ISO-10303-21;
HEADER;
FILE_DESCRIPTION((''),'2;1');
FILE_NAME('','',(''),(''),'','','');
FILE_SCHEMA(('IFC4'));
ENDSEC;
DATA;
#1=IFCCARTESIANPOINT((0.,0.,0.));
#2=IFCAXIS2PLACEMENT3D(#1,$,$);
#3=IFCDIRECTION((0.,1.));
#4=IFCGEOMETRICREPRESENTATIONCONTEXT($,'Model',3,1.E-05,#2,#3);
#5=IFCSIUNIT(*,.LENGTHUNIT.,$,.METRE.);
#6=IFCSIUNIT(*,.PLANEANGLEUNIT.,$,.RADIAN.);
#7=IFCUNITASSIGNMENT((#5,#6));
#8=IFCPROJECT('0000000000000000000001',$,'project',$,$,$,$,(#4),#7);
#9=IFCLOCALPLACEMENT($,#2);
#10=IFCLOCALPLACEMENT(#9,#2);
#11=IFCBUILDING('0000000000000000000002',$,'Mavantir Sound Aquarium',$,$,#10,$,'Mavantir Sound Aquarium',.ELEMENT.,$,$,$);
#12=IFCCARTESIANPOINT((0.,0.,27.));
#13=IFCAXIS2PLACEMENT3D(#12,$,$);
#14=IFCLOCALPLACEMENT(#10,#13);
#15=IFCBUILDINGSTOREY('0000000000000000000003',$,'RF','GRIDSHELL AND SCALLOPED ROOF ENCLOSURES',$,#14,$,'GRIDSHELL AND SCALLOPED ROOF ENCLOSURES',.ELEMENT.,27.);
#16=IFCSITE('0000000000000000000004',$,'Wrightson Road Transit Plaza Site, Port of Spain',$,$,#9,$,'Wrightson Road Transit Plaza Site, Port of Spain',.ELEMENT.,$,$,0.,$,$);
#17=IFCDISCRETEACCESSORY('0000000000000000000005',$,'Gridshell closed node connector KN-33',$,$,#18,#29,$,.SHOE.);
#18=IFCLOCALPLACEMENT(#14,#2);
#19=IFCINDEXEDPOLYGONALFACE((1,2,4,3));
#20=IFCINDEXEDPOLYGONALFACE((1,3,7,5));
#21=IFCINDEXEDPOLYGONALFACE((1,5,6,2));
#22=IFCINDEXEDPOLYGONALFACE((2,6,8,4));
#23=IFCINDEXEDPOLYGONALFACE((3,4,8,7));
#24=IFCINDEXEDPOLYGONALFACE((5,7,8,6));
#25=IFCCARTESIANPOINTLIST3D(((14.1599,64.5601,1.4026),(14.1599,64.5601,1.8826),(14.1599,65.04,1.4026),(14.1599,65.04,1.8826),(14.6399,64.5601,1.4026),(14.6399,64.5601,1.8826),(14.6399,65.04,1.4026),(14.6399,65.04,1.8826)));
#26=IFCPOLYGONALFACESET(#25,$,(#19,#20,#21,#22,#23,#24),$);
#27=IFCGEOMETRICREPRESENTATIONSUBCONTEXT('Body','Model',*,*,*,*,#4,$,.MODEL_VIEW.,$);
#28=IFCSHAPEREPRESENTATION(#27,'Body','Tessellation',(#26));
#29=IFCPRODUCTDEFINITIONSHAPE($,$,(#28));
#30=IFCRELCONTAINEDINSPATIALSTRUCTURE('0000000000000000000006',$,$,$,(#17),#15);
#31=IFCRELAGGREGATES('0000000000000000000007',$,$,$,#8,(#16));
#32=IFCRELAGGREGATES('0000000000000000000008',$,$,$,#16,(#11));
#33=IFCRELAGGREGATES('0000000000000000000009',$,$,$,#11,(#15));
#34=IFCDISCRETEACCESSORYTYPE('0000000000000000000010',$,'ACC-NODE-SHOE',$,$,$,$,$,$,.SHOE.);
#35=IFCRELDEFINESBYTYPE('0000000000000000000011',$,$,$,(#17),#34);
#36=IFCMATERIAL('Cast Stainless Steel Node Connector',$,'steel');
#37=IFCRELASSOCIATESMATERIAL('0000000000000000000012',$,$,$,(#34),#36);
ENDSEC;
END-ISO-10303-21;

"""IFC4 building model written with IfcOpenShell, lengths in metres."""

from ifc_helpers import new_model, si_unit, direction, frame, origin, origin_2d, place, context, subcontext, project, spatial, rectangle, extrude, material, type_object, element, save


model = new_model("IFC4")

# Units and contexts
model_context = context("Model", 3, precision=1e-05, world=origin(), true_north=direction((0.0, 1.0)))
body_context = subcontext(model_context, "Body", "Model", "MODEL_VIEW")
ifc_project = project(units=[si_unit("LENGTHUNIT", "METRE"), si_unit("PLANEANGLEUNIT", "RADIAN")], contexts=[model_context])

# Site, building, storey
site_placement = place(None, origin())
site = spatial("IfcSite", under=ifc_project, at=site_placement, Name="Wrightson Road Transit Plaza Site, Port of Spain", LongName="Wrightson Road Transit Plaza Site, Port of Spain", CompositionType="ELEMENT", RefElevation=0.0)
building_placement = place(site_placement, origin())
building = spatial("IfcBuilding", under=site, at=building_placement, Name="Mavantir Sound Aquarium", LongName="Mavantir Sound Aquarium", CompositionType="ELEMENT")
storey_placement = place(building_placement, frame((0.0, 0.0, 27.0)))
storey = spatial("IfcBuildingStorey", under=building, at=storey_placement, Name="RF", Description="GRIDSHELL AND SCALLOPED ROOF ENCLOSURES", LongName="GRIDSHELL AND SCALLOPED ROOF ENCLOSURES", CompositionType="ELEMENT", Elevation=27.0)

# Discrete accessory
ifc_material_1 = material(Name="Cast Stainless Steel Node Connector", Category="steel")
discrete_accessory_type = type_object("IfcDiscreteAccessoryType", Name="ACC-NODE-SHOE", PredefinedType="SHOE", material=ifc_material_1)
for number, where, z_axis, x_axis, name in (
    (1, (14.3999, 64.8, 1.4026), (0.0, 0.0, 1.0), (1.0, 0.0, 0.0), "Gridshell closed node connector KN-33"),
):
    element("IfcDiscreteAccessory", number, at=place(storey_placement, frame(where, z_axis=z_axis, x_axis=x_axis)), inside=storey, type_object=discrete_accessory_type, Name=name, PredefinedType="SHOE", context=body_context, shape_type="SweptSolid", body=[
        extrude(rectangle(XDim=0.48, YDim=0.48, at=origin_2d()), origin(), (0.0, 0.0, 1.0), 0.48),
    ])

save(model, "model.ifc")
